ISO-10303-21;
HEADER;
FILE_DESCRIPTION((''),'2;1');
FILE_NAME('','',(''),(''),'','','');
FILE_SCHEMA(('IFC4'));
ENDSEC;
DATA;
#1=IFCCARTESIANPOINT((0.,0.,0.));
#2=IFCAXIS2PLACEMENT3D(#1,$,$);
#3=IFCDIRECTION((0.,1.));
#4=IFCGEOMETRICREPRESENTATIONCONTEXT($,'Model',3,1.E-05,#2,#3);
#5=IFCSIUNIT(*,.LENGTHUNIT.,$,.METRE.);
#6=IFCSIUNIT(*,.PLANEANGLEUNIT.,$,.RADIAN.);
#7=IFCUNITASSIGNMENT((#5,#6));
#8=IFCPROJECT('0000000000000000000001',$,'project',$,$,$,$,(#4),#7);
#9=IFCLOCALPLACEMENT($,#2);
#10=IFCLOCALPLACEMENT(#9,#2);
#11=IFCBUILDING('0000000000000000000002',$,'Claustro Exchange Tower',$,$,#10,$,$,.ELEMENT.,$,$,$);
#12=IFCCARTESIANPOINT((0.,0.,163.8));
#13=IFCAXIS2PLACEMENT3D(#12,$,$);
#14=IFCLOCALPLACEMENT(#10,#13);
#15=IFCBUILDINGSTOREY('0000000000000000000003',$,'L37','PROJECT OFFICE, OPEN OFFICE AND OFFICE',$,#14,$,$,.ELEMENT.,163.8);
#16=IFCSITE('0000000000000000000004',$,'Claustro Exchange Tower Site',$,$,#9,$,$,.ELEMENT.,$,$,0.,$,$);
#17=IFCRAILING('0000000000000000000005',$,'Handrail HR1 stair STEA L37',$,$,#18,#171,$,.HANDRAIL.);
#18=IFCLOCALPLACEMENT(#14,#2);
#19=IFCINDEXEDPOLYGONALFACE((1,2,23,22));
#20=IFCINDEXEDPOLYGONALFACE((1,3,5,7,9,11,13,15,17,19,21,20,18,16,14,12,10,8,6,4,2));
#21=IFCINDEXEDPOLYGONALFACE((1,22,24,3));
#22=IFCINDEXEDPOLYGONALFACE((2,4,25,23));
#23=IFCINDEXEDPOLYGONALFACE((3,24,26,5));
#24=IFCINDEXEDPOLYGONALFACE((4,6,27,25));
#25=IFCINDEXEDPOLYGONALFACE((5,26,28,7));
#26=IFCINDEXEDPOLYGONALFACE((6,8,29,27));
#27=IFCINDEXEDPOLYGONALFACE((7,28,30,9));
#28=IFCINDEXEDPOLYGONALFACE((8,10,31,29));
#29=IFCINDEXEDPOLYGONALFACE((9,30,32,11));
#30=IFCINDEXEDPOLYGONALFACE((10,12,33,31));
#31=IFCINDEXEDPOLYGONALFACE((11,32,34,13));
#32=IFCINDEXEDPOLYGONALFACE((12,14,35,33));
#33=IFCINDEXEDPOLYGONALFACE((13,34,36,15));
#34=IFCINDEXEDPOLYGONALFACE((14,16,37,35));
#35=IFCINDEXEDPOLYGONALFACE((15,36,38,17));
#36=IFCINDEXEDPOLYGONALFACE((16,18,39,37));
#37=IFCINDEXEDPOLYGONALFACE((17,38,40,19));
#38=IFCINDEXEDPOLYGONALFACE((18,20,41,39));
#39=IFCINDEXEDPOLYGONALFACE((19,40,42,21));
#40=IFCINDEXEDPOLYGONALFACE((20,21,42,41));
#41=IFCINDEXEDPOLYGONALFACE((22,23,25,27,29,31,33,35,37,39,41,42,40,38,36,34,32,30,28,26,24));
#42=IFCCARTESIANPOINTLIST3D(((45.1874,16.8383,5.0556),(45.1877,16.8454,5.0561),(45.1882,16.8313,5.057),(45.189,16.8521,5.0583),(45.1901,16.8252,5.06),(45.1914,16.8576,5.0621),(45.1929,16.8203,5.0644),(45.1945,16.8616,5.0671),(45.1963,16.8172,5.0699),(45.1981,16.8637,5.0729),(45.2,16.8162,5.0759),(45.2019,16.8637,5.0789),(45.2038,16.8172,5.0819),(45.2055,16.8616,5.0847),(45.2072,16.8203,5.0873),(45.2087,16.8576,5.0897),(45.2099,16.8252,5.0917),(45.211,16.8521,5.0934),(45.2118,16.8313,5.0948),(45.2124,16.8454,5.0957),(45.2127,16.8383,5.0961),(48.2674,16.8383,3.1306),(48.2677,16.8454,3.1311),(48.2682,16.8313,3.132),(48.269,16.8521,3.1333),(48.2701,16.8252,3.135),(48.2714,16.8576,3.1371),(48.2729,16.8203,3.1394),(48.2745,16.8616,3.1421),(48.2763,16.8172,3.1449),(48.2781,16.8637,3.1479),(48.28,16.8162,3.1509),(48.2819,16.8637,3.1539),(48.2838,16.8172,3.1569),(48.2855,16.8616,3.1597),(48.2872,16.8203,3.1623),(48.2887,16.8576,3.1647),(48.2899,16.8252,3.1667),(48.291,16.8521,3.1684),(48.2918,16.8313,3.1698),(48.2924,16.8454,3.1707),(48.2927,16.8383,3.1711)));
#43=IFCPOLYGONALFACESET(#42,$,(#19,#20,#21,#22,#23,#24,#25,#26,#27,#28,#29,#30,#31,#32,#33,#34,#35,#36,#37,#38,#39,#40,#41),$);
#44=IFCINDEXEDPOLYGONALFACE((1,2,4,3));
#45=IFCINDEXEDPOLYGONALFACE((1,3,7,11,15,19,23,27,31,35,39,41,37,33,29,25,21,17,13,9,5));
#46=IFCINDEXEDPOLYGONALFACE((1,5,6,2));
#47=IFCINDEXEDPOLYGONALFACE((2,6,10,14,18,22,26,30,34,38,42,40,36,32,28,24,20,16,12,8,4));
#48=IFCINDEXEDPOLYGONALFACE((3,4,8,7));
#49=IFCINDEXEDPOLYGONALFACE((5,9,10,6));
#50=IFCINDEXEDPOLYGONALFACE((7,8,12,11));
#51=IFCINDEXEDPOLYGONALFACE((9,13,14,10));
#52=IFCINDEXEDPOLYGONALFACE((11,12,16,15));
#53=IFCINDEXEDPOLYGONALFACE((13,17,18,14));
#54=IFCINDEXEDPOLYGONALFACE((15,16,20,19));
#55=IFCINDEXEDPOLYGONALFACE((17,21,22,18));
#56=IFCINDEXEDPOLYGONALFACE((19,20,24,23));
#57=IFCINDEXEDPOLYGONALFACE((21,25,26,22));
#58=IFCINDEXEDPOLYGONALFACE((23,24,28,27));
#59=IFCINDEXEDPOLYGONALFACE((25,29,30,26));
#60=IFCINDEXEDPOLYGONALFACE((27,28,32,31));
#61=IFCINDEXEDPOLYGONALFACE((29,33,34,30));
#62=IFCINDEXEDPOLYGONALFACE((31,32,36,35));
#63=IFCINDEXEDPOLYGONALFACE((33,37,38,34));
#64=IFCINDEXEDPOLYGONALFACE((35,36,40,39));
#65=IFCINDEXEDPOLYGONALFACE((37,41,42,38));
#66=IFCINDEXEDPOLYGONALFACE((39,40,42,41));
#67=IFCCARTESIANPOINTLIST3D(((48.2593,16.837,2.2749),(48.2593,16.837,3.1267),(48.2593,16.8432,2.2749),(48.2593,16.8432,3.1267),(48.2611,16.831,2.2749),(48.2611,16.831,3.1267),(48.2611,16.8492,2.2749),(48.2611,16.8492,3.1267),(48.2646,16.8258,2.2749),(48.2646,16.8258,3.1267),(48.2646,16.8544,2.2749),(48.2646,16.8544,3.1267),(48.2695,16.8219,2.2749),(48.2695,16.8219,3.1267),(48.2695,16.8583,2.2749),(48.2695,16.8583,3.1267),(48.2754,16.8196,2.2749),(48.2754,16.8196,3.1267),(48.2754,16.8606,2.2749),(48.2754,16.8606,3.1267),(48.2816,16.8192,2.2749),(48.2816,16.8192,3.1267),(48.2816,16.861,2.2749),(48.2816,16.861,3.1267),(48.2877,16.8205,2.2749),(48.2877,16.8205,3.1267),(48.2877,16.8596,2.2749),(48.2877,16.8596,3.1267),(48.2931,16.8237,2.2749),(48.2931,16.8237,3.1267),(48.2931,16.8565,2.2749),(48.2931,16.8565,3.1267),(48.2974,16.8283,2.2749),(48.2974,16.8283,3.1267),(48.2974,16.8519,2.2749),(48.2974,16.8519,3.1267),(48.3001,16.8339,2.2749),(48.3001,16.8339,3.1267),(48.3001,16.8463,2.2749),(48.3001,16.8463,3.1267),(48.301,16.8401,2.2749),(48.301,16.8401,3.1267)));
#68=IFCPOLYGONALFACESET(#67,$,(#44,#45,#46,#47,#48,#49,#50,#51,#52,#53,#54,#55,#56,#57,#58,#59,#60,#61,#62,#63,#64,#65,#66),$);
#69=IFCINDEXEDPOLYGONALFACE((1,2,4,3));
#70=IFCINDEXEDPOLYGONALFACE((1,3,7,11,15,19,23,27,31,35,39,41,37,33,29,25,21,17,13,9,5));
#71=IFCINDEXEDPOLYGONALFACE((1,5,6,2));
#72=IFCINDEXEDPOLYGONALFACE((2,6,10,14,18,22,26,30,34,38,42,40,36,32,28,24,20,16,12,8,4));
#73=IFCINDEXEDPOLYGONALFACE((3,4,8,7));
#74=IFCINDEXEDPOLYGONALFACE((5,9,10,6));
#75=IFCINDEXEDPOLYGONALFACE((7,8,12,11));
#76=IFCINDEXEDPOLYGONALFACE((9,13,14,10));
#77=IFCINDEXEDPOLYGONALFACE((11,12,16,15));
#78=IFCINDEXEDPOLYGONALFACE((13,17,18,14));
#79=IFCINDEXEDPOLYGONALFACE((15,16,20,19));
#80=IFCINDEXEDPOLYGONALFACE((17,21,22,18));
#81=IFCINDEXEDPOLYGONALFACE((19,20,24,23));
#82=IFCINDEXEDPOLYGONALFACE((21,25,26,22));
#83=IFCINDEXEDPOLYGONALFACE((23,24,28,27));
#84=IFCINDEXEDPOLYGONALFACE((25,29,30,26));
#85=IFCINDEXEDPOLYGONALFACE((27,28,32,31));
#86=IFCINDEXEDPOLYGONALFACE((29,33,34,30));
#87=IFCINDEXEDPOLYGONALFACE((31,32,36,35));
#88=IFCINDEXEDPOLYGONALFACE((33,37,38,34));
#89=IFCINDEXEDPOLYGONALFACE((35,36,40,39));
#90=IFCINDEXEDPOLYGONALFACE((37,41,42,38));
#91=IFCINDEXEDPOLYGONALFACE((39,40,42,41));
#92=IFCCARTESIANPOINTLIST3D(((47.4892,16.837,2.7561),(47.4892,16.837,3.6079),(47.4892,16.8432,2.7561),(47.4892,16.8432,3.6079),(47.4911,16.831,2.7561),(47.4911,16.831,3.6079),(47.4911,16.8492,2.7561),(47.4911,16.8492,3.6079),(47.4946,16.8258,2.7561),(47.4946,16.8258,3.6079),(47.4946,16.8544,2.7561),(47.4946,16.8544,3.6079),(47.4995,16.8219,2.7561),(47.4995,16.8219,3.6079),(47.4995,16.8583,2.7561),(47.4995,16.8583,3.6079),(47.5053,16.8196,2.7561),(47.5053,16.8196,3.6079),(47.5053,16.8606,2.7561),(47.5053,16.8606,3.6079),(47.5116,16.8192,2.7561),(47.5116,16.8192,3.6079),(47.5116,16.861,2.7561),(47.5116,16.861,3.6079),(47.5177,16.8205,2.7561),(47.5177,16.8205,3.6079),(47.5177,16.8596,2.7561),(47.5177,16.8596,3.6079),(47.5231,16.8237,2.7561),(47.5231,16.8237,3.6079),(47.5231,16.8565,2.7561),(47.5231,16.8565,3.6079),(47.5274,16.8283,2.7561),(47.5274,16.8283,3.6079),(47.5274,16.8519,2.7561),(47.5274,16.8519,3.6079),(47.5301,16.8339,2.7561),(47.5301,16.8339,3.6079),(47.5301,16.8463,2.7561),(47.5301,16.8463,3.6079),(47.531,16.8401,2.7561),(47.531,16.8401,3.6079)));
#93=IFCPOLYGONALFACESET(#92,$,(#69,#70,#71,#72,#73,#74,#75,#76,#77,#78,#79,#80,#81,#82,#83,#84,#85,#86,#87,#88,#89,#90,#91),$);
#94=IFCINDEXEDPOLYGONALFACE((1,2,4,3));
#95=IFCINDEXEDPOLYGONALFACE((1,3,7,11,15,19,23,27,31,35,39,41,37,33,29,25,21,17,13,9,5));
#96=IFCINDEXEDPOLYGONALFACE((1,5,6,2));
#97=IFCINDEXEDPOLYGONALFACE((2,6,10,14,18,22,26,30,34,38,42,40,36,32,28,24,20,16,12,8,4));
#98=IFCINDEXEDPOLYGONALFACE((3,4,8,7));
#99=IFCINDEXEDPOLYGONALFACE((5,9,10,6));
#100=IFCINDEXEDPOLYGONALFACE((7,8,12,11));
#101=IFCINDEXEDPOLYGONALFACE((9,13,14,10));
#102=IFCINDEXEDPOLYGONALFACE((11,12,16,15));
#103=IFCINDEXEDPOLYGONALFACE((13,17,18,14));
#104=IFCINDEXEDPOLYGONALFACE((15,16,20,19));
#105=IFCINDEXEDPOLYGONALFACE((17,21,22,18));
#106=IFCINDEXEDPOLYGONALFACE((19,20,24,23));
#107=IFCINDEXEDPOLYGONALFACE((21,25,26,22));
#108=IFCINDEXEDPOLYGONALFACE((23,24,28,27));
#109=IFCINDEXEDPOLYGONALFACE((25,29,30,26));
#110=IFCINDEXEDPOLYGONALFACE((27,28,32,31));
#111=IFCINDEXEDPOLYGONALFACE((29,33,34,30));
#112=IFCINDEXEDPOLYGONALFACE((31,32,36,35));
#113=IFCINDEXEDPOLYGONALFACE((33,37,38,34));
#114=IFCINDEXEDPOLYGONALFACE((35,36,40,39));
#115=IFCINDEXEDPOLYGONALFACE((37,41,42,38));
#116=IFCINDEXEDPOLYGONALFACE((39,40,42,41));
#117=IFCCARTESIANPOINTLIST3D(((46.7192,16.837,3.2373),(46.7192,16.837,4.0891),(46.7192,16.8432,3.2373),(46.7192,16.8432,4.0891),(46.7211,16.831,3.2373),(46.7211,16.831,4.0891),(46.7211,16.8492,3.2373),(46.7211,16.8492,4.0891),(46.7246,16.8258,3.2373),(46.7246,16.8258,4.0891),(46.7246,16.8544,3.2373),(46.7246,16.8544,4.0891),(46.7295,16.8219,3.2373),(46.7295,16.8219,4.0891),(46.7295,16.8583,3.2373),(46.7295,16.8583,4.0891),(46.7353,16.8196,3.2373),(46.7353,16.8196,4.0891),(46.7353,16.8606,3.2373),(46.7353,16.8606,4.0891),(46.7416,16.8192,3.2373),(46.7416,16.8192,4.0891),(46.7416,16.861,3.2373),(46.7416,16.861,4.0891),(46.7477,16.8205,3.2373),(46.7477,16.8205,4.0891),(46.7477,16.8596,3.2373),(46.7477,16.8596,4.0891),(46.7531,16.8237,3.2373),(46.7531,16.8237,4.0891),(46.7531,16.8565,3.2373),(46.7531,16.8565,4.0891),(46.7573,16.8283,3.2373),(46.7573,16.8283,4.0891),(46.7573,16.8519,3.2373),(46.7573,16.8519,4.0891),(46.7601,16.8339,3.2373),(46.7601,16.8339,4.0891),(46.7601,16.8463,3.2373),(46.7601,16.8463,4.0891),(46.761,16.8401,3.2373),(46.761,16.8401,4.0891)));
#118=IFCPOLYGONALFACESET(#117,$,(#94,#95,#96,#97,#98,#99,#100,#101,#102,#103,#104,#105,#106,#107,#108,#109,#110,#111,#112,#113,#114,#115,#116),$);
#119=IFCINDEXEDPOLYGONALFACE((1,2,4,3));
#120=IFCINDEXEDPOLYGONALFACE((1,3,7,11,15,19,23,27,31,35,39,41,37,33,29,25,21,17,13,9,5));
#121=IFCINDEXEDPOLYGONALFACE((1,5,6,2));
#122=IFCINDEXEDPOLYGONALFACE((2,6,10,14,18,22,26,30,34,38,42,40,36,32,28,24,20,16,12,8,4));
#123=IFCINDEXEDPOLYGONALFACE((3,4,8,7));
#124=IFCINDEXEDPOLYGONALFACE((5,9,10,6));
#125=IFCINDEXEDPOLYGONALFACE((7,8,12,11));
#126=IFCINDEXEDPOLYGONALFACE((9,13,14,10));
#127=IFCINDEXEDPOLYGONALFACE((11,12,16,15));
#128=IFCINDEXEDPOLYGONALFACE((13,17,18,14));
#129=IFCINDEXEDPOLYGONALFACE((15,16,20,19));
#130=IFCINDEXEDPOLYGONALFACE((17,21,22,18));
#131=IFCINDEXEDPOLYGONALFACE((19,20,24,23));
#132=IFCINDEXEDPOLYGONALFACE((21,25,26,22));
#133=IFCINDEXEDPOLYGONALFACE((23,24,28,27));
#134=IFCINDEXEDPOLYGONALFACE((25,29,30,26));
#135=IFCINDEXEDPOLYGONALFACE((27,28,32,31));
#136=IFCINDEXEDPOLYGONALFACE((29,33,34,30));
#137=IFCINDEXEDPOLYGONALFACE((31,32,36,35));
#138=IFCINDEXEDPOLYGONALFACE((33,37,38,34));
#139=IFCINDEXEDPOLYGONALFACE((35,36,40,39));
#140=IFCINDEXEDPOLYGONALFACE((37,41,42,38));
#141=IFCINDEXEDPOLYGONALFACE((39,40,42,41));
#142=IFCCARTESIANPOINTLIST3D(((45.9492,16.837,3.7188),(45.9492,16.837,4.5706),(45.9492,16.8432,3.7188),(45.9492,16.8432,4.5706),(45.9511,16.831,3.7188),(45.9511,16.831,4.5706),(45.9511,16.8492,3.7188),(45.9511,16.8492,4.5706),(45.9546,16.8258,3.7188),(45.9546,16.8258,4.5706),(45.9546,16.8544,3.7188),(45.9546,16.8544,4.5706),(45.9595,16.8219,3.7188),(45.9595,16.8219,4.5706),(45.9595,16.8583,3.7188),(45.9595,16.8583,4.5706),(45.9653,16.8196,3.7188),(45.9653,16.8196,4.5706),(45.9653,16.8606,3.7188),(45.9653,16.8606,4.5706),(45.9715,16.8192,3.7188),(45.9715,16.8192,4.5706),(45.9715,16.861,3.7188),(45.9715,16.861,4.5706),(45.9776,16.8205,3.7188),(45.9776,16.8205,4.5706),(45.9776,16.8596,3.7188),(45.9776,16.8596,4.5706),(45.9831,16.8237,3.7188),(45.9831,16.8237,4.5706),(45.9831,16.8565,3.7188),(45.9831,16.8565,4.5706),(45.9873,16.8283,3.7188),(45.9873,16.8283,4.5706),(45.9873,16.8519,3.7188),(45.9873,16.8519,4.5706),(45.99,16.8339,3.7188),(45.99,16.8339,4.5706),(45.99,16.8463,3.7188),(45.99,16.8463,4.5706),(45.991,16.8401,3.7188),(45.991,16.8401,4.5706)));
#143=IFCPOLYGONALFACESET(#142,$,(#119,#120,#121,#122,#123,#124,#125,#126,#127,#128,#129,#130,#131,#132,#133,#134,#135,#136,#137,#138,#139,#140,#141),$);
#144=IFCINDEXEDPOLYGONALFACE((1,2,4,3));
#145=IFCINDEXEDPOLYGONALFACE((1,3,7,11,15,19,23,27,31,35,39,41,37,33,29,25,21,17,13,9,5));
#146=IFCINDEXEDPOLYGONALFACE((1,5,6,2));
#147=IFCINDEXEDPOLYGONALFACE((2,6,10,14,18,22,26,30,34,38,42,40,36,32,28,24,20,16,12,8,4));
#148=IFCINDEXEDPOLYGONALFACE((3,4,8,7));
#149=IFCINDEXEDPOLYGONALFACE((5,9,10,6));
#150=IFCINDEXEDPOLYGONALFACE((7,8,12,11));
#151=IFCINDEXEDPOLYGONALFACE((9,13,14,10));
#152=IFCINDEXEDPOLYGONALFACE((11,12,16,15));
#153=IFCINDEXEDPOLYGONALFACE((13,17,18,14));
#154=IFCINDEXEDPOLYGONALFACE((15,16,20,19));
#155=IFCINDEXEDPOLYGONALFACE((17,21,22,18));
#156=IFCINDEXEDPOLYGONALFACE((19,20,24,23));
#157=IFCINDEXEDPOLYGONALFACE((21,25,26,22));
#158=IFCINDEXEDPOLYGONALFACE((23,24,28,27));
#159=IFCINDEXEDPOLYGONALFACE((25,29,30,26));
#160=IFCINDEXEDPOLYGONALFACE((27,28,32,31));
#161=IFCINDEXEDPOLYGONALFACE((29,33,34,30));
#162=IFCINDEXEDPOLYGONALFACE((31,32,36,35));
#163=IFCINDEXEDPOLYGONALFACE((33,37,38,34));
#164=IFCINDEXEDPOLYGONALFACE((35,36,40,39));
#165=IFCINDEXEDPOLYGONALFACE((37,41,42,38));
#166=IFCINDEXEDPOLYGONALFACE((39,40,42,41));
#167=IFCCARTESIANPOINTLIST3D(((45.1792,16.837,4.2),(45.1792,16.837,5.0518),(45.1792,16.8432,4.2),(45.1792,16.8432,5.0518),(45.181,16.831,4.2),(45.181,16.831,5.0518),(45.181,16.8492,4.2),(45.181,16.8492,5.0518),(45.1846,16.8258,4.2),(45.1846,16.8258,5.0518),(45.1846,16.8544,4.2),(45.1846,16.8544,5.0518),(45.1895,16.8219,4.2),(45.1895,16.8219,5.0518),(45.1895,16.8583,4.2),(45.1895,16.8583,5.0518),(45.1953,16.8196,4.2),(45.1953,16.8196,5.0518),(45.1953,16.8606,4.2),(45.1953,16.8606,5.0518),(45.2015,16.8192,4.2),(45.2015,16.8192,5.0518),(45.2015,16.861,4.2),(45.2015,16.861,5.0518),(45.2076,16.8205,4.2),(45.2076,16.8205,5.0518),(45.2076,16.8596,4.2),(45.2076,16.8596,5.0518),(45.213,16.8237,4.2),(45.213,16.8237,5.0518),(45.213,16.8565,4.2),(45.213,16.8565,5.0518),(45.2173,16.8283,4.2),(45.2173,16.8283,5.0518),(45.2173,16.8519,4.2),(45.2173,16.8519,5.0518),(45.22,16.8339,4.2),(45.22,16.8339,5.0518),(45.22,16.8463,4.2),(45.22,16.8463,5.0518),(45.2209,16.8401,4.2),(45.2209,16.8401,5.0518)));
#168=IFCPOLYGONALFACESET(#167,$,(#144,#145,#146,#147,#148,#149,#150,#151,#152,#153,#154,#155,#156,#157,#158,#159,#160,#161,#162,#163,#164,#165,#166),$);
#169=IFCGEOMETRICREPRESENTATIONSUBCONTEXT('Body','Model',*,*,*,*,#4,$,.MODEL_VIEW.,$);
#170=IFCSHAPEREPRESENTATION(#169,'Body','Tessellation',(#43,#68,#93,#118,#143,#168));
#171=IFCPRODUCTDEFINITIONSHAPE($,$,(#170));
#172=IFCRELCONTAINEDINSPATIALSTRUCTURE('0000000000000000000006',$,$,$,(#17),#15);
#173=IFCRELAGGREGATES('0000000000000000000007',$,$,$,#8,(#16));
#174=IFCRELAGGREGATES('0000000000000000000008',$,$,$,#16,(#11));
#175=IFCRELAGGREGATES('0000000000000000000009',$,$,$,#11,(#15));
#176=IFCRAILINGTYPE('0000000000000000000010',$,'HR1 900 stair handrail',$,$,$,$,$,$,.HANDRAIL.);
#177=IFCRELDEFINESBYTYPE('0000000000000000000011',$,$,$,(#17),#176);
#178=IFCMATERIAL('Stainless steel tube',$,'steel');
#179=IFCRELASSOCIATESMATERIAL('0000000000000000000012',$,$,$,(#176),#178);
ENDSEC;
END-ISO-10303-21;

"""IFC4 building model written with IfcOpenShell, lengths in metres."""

from ifc_helpers import new_model, si_unit, direction, frame, origin, origin_2d, place, context, subcontext, project, spatial, circle, extrude, material, type_object, element, save


model = new_model("IFC4")

# Units and contexts
model_context = context("Model", 3, precision=1e-05, world=origin(), true_north=direction((0.0, 1.0)))
body_context = subcontext(model_context, "Body", "Model", "MODEL_VIEW")
ifc_project = project(units=[si_unit("LENGTHUNIT", "METRE"), si_unit("PLANEANGLEUNIT", "RADIAN")], contexts=[model_context])

# Site, building, storey
site_placement = place(None, origin())
site = spatial("IfcSite", under=ifc_project, at=site_placement, Name="Claustro Exchange Tower Site", CompositionType="ELEMENT", RefElevation=0.0)
building_placement = place(site_placement, origin())
building = spatial("IfcBuilding", under=site, at=building_placement, Name="Claustro Exchange Tower", CompositionType="ELEMENT")
storey_placement = place(building_placement, frame((0.0, 0.0, 163.8)))
storey = spatial("IfcBuildingStorey", under=building, at=storey_placement, Name="L37", Description="PROJECT OFFICE, OPEN OFFICE AND OFFICE", CompositionType="ELEMENT", Elevation=163.8)

# Railing
ifc_material_1 = material(Name="Stainless steel tube", Category="steel")
railing_type = type_object("IfcRailingType", Name="HR1 900 stair handrail", PredefinedType="HANDRAIL", material=ifc_material_1)
railing_placement = place(storey_placement, frame((48.28, 16.8401, 2.2749)))
element("IfcRailing", 1, at=railing_placement, inside=storey, type_object=railing_type, Name="Handrail HR1 stair STEA L37", PredefinedType="HANDRAIL", context=body_context, shape_type="SweptSolid", body=[
    extrude(circle(Radius=0.0239, at=origin_2d()), frame((0.0, 0.0, 0.876), z_axis=(-0.847998, 0.0, 0.529999), x_axis=(0.0, -1.0, 0.0)), (0.0, 0.0, 1.0), 3.6321),
    extrude(circle(Radius=0.021, at=origin_2d()), origin(), (0.0, 0.0, 1.0), 0.8518),
    extrude(circle(Radius=0.021, at=origin_2d()), frame((-0.77, 0.0, 0.4812)), (0.0, 0.0, 1.0), 0.8518),
    extrude(circle(Radius=0.021, at=origin_2d()), frame((-1.54, 0.0, 0.9624)), (0.0, 0.0, 1.0), 0.8518),
    extrude(circle(Radius=0.021, at=origin_2d()), frame((-2.3101, 0.0, 1.4438)), (0.0, 0.0, 1.0), 0.8518),
    extrude(circle(Radius=0.021, at=origin_2d()), frame((-3.0801, 0.0, 1.925)), (0.0, 0.0, 1.0), 0.8518),
])

save(model, "model.ifc")
